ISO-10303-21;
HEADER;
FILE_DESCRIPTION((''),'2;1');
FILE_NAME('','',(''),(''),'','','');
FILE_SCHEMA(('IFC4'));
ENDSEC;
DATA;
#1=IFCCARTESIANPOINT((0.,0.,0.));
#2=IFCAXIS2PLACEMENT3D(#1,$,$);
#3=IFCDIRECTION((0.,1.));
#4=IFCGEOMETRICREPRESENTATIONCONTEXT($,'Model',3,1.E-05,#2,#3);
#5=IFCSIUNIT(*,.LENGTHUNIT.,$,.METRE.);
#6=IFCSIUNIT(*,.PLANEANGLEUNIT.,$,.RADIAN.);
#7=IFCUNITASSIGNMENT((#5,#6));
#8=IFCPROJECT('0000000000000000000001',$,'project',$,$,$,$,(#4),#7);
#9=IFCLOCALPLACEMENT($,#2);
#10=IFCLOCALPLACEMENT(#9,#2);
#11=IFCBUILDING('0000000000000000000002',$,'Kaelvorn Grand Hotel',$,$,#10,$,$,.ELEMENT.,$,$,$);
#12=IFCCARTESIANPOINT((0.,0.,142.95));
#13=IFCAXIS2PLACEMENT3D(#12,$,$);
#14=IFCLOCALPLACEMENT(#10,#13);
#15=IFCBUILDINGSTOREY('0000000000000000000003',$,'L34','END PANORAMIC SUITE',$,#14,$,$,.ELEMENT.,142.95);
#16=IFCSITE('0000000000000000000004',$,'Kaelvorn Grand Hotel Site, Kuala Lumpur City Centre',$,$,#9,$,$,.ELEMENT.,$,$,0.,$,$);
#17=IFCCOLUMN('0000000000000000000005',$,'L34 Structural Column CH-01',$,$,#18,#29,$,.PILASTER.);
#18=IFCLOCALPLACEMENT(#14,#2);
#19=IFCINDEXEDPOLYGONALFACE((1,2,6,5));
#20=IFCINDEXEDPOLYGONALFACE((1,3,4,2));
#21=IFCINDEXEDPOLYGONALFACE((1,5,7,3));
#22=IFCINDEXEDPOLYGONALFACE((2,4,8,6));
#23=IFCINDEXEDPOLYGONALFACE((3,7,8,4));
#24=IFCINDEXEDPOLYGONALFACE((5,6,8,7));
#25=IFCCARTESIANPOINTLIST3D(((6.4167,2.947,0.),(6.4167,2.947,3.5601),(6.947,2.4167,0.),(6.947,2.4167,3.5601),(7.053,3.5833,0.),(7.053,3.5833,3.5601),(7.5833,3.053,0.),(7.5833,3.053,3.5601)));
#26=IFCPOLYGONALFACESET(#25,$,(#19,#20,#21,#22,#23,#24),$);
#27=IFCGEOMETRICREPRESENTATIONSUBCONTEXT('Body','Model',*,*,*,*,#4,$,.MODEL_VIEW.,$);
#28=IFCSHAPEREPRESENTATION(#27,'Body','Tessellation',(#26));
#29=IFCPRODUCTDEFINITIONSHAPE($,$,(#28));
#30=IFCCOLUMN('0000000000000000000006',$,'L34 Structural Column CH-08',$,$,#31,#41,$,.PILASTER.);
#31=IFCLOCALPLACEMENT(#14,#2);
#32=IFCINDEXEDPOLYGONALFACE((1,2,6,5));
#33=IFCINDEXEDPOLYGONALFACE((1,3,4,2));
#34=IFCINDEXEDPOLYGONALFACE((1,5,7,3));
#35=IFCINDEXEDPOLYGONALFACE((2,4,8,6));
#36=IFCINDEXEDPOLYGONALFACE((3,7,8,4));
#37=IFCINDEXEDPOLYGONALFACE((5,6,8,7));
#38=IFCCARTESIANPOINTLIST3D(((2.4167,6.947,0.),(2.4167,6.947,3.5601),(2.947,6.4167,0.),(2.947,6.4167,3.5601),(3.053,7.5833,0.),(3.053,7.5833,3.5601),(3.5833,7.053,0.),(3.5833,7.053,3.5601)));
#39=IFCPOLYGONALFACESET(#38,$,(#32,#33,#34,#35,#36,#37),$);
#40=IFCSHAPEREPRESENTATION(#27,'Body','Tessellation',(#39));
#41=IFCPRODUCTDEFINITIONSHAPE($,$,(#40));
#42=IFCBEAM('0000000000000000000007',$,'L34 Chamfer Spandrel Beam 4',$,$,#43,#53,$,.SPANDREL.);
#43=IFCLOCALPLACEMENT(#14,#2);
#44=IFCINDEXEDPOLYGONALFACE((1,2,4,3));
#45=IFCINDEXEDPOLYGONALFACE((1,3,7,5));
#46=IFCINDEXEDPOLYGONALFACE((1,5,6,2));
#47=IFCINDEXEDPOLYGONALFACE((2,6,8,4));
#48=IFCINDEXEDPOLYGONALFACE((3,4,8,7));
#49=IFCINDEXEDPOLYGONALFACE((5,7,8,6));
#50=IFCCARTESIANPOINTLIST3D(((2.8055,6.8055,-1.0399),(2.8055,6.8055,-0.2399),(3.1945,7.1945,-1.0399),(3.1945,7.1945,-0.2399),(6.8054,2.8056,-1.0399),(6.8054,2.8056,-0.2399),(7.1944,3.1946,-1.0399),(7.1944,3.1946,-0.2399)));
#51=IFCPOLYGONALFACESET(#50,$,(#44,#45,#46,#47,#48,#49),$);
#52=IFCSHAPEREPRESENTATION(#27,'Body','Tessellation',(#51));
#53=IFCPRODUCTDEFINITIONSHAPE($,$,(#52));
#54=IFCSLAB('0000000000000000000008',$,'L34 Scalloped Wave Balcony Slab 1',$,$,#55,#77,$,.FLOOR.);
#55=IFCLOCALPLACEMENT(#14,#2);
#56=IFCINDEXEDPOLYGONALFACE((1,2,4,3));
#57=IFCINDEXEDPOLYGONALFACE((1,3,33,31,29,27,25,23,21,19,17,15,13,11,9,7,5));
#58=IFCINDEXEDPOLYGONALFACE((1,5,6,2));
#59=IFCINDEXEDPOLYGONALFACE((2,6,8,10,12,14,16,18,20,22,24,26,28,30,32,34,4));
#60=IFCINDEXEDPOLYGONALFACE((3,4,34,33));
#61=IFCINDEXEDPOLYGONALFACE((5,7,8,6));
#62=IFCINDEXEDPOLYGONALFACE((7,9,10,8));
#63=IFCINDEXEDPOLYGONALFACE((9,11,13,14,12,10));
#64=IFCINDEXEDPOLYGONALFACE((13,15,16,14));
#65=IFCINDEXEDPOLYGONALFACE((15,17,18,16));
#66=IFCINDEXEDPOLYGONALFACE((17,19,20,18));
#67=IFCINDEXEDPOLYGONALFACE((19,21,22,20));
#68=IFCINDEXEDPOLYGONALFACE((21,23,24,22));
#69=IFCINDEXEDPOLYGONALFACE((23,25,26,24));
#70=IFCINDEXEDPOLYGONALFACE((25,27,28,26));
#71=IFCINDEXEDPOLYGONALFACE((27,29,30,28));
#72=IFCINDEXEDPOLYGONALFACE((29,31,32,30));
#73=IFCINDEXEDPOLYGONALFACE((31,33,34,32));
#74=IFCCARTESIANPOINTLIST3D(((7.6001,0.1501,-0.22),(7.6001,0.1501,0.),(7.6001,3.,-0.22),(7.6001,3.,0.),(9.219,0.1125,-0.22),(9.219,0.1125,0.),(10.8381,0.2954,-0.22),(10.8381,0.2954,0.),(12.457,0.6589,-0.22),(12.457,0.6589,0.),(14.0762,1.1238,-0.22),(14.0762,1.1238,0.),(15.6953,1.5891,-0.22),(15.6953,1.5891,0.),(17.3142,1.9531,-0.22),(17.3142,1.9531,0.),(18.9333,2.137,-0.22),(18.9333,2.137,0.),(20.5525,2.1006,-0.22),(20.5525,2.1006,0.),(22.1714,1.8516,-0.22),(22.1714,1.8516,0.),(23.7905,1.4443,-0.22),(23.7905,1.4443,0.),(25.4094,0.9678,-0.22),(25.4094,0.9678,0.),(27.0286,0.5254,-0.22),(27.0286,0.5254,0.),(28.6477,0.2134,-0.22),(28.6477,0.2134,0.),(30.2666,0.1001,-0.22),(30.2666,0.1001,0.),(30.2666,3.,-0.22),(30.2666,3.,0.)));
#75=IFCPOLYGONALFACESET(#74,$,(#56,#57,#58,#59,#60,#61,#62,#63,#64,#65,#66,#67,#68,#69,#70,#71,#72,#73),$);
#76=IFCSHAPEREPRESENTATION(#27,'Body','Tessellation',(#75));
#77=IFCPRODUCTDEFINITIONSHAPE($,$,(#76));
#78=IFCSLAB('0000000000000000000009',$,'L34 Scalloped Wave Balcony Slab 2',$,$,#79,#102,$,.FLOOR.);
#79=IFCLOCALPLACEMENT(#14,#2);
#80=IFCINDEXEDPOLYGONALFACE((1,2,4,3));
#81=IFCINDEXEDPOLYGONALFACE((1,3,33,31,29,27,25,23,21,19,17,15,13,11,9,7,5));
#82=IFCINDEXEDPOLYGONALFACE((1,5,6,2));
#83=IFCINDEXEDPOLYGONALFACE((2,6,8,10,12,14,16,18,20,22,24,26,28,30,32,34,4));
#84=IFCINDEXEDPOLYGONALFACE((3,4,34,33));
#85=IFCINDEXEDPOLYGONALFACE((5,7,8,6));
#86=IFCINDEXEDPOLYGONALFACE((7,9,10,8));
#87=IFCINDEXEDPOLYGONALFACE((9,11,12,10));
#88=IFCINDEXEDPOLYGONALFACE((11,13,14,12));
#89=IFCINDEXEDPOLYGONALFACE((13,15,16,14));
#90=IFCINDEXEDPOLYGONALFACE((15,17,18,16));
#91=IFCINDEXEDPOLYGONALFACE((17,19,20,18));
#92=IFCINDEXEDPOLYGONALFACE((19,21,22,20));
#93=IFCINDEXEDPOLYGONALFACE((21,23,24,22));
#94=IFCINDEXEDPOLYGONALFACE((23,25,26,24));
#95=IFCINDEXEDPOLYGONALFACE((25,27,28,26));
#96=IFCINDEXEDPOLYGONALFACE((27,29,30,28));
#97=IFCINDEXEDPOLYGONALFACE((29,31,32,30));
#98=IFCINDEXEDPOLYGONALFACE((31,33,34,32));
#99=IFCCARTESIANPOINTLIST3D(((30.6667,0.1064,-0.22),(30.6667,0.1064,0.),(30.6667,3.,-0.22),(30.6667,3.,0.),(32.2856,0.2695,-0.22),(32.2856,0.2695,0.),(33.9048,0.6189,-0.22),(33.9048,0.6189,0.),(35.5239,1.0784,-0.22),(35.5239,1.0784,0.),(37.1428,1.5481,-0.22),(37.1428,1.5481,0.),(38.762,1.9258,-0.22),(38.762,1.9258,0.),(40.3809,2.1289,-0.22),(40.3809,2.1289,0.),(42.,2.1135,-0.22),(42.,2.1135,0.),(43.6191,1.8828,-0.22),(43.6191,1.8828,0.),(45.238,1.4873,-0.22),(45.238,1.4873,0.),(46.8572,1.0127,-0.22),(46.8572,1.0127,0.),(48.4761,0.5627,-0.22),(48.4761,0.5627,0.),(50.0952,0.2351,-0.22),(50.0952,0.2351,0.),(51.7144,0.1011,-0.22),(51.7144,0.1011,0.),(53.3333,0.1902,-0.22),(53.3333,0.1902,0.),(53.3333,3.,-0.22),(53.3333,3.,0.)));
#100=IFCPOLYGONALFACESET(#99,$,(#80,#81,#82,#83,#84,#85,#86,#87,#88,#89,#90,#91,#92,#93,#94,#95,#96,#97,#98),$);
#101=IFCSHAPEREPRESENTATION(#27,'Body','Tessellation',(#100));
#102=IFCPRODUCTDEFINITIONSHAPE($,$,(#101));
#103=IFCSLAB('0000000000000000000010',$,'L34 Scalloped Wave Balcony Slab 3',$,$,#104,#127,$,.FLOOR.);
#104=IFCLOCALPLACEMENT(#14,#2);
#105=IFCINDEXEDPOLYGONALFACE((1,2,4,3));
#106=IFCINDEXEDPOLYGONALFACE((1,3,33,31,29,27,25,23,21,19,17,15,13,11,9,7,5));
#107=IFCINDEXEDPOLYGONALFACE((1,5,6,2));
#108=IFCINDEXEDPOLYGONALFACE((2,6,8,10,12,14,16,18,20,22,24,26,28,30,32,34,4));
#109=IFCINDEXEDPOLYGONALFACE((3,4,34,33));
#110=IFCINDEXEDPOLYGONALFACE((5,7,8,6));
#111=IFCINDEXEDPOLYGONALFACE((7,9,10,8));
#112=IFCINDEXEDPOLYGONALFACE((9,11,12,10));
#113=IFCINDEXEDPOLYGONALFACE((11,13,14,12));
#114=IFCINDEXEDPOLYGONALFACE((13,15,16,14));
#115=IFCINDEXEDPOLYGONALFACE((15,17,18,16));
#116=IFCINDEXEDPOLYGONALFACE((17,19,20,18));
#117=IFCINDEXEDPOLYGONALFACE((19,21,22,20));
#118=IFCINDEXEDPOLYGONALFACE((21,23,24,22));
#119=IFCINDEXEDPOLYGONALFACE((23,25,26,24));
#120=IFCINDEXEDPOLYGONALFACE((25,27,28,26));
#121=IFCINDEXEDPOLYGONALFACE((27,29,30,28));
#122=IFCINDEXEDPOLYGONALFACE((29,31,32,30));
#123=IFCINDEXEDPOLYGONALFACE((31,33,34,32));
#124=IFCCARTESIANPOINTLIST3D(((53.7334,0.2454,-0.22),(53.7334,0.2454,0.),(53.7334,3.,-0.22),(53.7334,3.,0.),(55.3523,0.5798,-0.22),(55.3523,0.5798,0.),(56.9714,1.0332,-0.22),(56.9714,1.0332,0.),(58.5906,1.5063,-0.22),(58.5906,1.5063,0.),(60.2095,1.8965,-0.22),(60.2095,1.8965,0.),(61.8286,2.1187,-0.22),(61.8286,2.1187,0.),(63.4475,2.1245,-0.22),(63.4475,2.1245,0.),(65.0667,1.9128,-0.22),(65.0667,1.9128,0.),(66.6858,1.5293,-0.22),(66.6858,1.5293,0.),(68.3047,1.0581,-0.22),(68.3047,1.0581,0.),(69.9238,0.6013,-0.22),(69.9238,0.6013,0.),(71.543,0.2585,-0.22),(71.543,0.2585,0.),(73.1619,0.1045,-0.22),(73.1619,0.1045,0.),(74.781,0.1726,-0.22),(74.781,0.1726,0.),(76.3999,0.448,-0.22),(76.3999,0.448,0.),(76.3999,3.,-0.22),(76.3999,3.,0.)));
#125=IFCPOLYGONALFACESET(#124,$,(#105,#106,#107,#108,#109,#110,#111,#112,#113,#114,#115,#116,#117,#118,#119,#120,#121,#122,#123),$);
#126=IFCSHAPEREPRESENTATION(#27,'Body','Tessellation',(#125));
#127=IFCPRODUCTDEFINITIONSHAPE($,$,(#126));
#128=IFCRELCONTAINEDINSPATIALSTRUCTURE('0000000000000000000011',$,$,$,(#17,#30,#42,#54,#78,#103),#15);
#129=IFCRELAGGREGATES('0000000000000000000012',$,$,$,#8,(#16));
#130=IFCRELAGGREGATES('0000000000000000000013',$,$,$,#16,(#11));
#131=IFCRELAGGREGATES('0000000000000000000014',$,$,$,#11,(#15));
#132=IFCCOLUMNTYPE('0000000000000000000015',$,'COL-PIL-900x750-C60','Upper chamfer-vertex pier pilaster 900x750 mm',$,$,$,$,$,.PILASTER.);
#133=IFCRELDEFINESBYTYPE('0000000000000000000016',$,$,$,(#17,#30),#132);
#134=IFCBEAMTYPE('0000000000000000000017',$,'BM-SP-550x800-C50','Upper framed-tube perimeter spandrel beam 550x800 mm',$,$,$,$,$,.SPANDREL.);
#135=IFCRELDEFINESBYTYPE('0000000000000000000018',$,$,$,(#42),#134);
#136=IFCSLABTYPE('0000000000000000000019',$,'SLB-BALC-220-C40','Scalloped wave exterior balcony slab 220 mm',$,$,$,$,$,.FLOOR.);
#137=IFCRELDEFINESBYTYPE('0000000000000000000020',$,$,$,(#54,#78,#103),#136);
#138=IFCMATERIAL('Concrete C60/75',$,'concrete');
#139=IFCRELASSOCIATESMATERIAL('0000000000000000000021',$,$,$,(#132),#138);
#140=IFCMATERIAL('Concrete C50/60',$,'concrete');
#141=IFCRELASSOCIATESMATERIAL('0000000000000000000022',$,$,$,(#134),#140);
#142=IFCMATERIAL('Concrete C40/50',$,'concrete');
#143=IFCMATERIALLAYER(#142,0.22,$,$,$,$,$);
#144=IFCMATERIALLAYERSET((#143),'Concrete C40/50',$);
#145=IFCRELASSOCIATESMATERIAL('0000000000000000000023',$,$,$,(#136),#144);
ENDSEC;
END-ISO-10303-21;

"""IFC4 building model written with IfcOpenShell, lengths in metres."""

from ifc_helpers import new_model, si_unit, direction, frame, origin, origin_2d, place, context, subcontext, project, spatial, polyline, rectangle, outline, extrude, material, layer, layer_set, material_profile, profile_set, type_object, element, save


model = new_model("IFC4")

# Units and contexts
model_context = context("Model", 3, precision=1e-05, world=origin(), true_north=direction((0.0, 1.0)))
body_context = subcontext(model_context, "Body", "Model", "MODEL_VIEW")
ifc_project = project(units=[si_unit("LENGTHUNIT", "METRE"), si_unit("PLANEANGLEUNIT", "RADIAN")], contexts=[model_context])

# Site, building, storey
site_placement = place(None, origin())
site = spatial("IfcSite", under=ifc_project, at=site_placement, Name="Kaelvorn Grand Hotel Site, Kuala Lumpur City Centre", CompositionType="ELEMENT", RefElevation=0.0)
building_placement = place(site_placement, origin())
building = spatial("IfcBuilding", under=site, at=building_placement, Name="Kaelvorn Grand Hotel", CompositionType="ELEMENT")
storey_placement = place(building_placement, frame((0.0, 0.0, 142.95)))
storey = spatial("IfcBuildingStorey", under=building, at=storey_placement, Name="L34", Description="END PANORAMIC SUITE", CompositionType="ELEMENT", Elevation=142.95)

# Columns
ifc_material_1 = material(Name="Concrete C60/75", Category="concrete")
ifc_material_profile_1 = material_profile(ifc_material_1, rectangle(XDim=0.8999, YDim=0.75, at=origin_2d()), Name="RC PILASTER 900x750")
ifc_profile_set_1 = profile_set([ifc_material_profile_1], Name="Concrete C60/75")
column_type = type_object("IfcColumnType", Name="COL-PIL-900x750-C60", Description="Upper chamfer-vertex pier pilaster 900x750 mm", PredefinedType="PILASTER", material=ifc_profile_set_1)
for number, where, z_axis, x_axis, name in (
    (1, (7.0, 3.0, 0.0), (0.0, 0.0, 1.0), (0.707107, 0.707107, 0.0), "L34 Structural Column CH-01"),
    (2, (3.0, 7.0, 0.0), (0.0, 0.0, 1.0), (0.707107, 0.707107, 0.0), "L34 Structural Column CH-08"),
):
    element("IfcColumn", number, at=place(storey_placement, frame(where, z_axis=z_axis, x_axis=x_axis)), inside=storey, type_object=column_type, Name=name, PredefinedType="PILASTER", context=body_context, shape_type="SweptSolid", body=[
        extrude(rectangle(XDim=0.8999, YDim=0.75, at=origin_2d()), origin(), (0.0, 0.0, 1.0), 3.5601),
    ])

# Beam
ifc_material_2 = material(Name="Concrete C50/60", Category="concrete")
ifc_material_profile_2 = material_profile(ifc_material_2, rectangle(XDim=0.55, YDim=0.8, at=origin_2d()), Name="RC SPANDREL 550x800")
ifc_profile_set_2 = profile_set([ifc_material_profile_2], Name="Concrete C50/60")
beam_type = type_object("IfcBeamType", Name="BM-SP-550x800-C50", Description="Upper framed-tube perimeter spandrel beam 550x800 mm", PredefinedType="SPANDREL", material=ifc_profile_set_2)
beam_placement = place(storey_placement, frame((3.0, 7.0, -0.6399), z_axis=(0.707107, -0.707107, 0.0), x_axis=(0.707107, 0.707107, 0.0)))
element("IfcBeam", 3, at=beam_placement, inside=storey, type_object=beam_type, Name="L34 Chamfer Spandrel Beam 4", PredefinedType="SPANDREL", context=body_context, shape_type="SweptSolid", body=[
    extrude(rectangle(XDim=0.55, YDim=0.8, at=origin_2d()), origin(), (0.0, 0.0, 1.0), 5.6567),
])

# Slabs
ifc_material_3 = material(Name="Concrete C40/50", Category="concrete")
ifc_layer_1 = layer(ifc_material_3, 0.22)
ifc_layer_set_1 = layer_set([ifc_layer_1], Name="Concrete C40/50")
slab_type_1 = type_object("IfcSlabType", Name="SLB-BALC-220-C40", Description="Scalloped wave exterior balcony slab 220 mm", PredefinedType="FLOOR", material=ifc_layer_set_1)
slab_1_placement = place(storey_placement, frame((0.0, 0.0, -0.22)))
element("IfcSlab", 4, at=slab_1_placement, inside=storey, type_object=slab_type_1, Name="L34 Scalloped Wave Balcony Slab 1", PredefinedType="FLOOR", context=body_context, shape_type="SweptSolid", body=[
    extrude(outline(polyline([(7.6001, 0.1501), (9.219, 0.1125), (10.8381, 0.2954), (12.457, 0.6589), (14.0762, 1.1238), (15.6953, 1.5891), (17.3142, 1.9531), (18.9333, 2.137), (20.5525, 2.1006), (22.1714, 1.8516), (23.7905, 1.4443), (25.4094, 0.9678), (27.0286, 0.5254), (28.6477, 0.2134), (30.2666, 0.1001), (30.2666, 3.0), (7.6001, 3.0), (7.6001, 0.1501)])), origin(), (0.0, 0.0, 1.0), 0.22),
])
slab_2_placement = place(storey_placement, frame((0.0, 0.0, -0.22)))
element("IfcSlab", 5, at=slab_2_placement, inside=storey, type_object=slab_type_1, Name="L34 Scalloped Wave Balcony Slab 2", PredefinedType="FLOOR", context=body_context, shape_type="SweptSolid", body=[
    extrude(outline(polyline([(30.6667, 0.1064), (32.2856, 0.2695), (33.9048, 0.6189), (35.5239, 1.0784), (37.1428, 1.5481), (38.762, 1.9258), (40.3809, 2.1289), (42.0, 2.1135), (43.6191, 1.8828), (45.238, 1.4873), (46.8572, 1.0127), (48.4761, 0.5627), (50.0952, 0.2351), (51.7144, 0.1011), (53.3333, 0.1902), (53.3333, 3.0), (30.6667, 3.0), (30.6667, 0.1064)])), origin(), (0.0, 0.0, 1.0), 0.22),
])
slab_3_placement = place(storey_placement, frame((0.0, 0.0, -0.22)))
element("IfcSlab", 6, at=slab_3_placement, inside=storey, type_object=slab_type_1, Name="L34 Scalloped Wave Balcony Slab 3", PredefinedType="FLOOR", context=body_context, shape_type="SweptSolid", body=[
    extrude(outline(polyline([(53.7334, 0.2454), (55.3523, 0.5798), (56.9714, 1.0332), (58.5906, 1.5063), (60.2095, 1.8965), (61.8286, 2.1187), (63.4475, 2.1245), (65.0667, 1.9128), (66.6858, 1.5293), (68.3047, 1.0581), (69.9238, 0.6013), (71.543, 0.2585), (73.1619, 0.1045), (74.781, 0.1726), (76.3999, 0.448), (76.3999, 3.0), (53.7334, 3.0), (53.7334, 0.2454)])), origin(), (0.0, 0.0, 1.0), 0.22),
])

save(model, "model.ifc")
